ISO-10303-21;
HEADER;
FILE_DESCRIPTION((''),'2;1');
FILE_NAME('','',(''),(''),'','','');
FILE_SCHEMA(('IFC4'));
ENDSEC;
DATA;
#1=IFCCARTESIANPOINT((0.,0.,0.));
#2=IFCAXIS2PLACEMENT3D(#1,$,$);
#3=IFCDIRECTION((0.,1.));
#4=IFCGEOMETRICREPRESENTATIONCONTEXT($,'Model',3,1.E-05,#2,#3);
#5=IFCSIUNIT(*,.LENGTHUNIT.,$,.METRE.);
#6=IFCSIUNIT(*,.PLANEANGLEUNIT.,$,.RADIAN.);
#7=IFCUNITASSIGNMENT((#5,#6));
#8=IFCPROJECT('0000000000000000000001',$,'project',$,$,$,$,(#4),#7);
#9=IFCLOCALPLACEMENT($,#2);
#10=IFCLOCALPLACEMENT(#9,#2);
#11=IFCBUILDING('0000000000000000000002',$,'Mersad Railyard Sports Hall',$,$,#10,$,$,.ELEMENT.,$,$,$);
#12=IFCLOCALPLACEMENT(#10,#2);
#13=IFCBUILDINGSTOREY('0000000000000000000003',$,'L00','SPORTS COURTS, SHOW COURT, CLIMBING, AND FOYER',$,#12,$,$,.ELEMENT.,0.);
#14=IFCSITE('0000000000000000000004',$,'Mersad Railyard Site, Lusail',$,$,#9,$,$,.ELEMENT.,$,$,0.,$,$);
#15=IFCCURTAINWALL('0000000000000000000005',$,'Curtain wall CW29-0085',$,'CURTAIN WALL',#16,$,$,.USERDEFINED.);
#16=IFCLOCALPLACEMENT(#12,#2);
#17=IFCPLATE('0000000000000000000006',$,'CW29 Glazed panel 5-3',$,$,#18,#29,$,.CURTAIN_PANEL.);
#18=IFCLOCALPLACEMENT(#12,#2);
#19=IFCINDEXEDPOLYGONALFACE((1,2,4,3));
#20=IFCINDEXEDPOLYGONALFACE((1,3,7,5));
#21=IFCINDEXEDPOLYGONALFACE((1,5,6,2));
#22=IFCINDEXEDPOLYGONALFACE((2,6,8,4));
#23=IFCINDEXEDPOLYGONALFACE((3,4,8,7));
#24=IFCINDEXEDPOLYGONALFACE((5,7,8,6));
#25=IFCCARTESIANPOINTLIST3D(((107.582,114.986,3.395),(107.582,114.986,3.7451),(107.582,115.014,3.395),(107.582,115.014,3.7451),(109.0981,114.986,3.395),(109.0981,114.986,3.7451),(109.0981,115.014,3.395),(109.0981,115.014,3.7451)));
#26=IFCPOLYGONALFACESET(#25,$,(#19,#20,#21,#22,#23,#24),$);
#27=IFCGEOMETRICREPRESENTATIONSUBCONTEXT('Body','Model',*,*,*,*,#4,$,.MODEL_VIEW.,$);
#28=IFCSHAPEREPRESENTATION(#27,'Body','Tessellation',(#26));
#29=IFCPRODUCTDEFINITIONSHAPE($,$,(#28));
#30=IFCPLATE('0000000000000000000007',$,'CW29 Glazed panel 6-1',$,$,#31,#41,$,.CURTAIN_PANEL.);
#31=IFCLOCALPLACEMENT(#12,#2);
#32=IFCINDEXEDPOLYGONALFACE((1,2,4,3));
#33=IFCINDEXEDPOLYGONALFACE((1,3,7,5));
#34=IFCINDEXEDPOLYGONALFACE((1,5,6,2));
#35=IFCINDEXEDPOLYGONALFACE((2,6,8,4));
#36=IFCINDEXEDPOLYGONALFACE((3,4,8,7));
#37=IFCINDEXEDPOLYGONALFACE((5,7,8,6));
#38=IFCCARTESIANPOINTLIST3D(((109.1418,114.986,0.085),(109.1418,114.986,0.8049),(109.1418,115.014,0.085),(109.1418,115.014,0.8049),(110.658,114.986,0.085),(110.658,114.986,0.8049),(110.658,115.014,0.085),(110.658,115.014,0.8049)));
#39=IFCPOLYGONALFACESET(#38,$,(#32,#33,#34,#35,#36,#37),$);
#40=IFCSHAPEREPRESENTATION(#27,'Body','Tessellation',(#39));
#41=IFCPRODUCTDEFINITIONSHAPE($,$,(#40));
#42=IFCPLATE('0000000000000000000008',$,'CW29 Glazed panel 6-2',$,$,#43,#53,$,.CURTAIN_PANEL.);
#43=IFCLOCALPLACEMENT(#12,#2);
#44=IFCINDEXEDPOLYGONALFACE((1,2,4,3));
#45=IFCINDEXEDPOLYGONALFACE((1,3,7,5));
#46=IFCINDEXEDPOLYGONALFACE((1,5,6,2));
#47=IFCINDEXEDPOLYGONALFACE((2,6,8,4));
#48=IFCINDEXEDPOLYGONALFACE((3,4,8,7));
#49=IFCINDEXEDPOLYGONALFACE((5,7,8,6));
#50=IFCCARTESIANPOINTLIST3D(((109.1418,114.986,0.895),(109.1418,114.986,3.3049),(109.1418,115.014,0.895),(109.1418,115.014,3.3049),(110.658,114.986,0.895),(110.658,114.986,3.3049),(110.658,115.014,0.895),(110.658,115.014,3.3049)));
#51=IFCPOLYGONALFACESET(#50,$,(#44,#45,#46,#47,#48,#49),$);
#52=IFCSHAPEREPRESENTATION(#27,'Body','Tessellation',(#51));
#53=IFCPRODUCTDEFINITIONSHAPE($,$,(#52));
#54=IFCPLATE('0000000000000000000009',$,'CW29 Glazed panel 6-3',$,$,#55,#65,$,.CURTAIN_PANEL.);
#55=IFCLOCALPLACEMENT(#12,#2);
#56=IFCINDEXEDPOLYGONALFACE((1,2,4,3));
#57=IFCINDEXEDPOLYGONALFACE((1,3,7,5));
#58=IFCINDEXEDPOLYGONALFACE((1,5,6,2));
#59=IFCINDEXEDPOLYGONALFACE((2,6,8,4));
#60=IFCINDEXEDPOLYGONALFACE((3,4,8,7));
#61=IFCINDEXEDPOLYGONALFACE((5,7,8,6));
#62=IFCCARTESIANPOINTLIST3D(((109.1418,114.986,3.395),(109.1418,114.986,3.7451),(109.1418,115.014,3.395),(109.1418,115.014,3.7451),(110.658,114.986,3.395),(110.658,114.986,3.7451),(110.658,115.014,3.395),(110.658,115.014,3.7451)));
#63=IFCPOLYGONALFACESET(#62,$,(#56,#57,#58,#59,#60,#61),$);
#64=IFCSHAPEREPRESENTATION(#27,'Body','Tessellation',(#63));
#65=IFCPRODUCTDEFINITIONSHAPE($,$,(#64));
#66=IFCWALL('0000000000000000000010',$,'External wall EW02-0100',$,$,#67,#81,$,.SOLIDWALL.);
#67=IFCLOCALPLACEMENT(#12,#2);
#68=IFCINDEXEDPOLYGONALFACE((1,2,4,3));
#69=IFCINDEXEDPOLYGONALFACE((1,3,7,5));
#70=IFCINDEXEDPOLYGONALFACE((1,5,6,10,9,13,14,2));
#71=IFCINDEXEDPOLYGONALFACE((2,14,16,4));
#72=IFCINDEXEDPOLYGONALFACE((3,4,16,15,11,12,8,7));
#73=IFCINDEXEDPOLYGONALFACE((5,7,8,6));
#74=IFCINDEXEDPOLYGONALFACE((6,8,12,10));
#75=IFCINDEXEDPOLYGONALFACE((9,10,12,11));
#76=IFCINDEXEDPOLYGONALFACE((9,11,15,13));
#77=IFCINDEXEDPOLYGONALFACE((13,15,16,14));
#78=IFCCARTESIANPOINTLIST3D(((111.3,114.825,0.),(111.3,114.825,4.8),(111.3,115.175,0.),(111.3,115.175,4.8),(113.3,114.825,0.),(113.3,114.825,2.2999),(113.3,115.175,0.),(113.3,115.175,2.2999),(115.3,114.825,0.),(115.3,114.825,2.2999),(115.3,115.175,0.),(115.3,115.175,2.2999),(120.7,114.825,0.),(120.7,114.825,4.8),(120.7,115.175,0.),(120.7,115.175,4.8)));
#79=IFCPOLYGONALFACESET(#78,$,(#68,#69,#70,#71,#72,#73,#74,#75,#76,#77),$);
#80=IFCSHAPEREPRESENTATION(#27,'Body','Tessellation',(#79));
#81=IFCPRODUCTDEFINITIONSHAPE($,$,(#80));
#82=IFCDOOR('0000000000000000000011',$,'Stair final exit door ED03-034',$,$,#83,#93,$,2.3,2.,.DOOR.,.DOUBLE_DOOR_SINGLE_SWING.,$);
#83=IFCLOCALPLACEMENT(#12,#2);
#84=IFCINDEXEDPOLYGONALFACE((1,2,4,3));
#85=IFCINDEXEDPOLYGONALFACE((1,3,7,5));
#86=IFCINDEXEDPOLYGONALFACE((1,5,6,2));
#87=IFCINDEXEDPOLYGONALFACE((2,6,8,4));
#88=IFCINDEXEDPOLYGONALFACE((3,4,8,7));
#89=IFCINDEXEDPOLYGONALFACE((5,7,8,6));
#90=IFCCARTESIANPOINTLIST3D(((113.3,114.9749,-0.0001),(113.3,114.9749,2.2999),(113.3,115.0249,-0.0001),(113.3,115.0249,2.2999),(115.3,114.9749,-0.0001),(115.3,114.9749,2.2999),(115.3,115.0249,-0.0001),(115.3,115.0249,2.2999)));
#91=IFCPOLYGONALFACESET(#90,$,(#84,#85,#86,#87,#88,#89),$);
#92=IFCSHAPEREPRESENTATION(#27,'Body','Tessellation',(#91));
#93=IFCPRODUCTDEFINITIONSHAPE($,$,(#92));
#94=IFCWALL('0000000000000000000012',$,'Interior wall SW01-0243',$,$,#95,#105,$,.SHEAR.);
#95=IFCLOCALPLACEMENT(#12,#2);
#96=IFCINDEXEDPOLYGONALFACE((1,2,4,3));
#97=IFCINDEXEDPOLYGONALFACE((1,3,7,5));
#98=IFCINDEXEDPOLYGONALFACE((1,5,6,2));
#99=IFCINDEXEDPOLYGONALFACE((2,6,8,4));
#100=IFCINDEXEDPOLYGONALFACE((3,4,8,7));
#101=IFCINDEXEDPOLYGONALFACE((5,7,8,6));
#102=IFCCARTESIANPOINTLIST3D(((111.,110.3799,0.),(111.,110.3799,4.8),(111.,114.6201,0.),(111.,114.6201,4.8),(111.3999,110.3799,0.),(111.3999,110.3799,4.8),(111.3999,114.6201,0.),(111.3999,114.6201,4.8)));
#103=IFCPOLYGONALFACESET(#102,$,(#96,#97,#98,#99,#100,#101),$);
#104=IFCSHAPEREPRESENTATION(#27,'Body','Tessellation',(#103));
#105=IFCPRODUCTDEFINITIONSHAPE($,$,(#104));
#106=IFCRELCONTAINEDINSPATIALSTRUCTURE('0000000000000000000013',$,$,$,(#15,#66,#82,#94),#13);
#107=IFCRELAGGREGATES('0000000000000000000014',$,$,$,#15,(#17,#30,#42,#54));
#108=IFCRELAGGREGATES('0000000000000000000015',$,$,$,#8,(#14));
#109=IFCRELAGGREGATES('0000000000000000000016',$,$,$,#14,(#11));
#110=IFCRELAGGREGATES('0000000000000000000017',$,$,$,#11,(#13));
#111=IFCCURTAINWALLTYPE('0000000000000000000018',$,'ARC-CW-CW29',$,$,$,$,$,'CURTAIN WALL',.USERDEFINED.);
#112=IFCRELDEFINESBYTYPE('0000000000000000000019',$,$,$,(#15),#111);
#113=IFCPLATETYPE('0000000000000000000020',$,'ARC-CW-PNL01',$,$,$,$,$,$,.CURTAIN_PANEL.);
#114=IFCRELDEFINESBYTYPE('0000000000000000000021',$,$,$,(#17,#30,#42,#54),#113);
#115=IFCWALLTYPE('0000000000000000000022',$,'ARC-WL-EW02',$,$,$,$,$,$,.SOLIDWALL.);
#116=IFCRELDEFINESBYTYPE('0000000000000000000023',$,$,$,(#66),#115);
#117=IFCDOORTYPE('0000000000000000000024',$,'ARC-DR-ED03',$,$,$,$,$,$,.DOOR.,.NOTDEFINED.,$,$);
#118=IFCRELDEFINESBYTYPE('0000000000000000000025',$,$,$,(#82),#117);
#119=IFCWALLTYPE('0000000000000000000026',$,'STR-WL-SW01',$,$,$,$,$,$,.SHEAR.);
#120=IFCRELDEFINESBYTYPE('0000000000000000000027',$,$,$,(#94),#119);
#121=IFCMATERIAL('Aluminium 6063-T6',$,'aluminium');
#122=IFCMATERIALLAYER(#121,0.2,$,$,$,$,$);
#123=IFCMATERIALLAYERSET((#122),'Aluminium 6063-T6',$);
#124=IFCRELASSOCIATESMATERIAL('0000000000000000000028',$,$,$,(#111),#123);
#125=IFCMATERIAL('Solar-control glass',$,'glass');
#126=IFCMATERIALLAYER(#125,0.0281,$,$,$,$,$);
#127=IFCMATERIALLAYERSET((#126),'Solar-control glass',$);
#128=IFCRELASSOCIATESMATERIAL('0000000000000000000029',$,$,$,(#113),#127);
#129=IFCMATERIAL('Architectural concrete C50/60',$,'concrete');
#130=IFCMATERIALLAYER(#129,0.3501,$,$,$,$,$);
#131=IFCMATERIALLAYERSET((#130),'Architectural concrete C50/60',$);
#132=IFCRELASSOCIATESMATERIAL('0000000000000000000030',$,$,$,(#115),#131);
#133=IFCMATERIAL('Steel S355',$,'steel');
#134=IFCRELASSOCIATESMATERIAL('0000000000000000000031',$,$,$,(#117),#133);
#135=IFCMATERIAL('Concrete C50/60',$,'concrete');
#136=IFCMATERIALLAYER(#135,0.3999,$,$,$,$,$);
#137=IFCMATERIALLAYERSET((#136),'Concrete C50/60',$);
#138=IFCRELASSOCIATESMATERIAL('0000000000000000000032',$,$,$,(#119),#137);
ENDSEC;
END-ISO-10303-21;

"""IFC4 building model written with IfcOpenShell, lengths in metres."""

from ifc_helpers import new_model, si_unit, direction, frame, frame_2d, origin, origin_2d, place, context, subcontext, project, spatial, rectangle, extrude, material, layer, layer_set, type_object, element, fill, aggregate, save


model = new_model("IFC4")

# Units and contexts
model_context = context("Model", 3, precision=1e-05, world=origin(), true_north=direction((0.0, 1.0)))
body_context = subcontext(model_context, "Body", "Model", "MODEL_VIEW")
ifc_project = project(units=[si_unit("LENGTHUNIT", "METRE"), si_unit("PLANEANGLEUNIT", "RADIAN")], contexts=[model_context])

# Site, building, storey
site_placement = place(None, origin())
site = spatial("IfcSite", under=ifc_project, at=site_placement, Name="Mersad Railyard Site, Lusail", CompositionType="ELEMENT", RefElevation=0.0)
building_placement = place(site_placement, origin())
building = spatial("IfcBuilding", under=site, at=building_placement, Name="Mersad Railyard Sports Hall", CompositionType="ELEMENT")
storey_placement = place(building_placement, origin())
storey = spatial("IfcBuildingStorey", under=building, at=storey_placement, Name="L00", Description="SPORTS COURTS, SHOW COURT, CLIMBING, AND FOYER", CompositionType="ELEMENT", Elevation=0.0)

# Shared definitions
ifc_material_1 = material(Name="Concrete C50/60", Category="concrete")

# Curtain wall
ifc_material_2 = material(Name="Aluminium 6063-T6", Category="aluminium")
ifc_layer_1 = layer(ifc_material_2, 0.2)
ifc_layer_set_1 = layer_set([ifc_layer_1], Name="Aluminium 6063-T6")
curtain_wall_type = type_object("IfcCurtainWallType", Name="ARC-CW-CW29", ElementType="CURTAIN WALL", PredefinedType="USERDEFINED", material=ifc_layer_set_1)
curtain_wall_placement = place(storey_placement, origin())
curtain_wall = element("IfcCurtainWall", 1, at=curtain_wall_placement, inside=storey, type_object=curtain_wall_type, Name="Curtain wall CW29-0085", ObjectType="CURTAIN WALL", PredefinedType="USERDEFINED")

# Plates
ifc_material_3 = material(Name="Solar-control glass", Category="glass")
ifc_layer_2 = layer(ifc_material_3, 0.0281)
ifc_layer_set_2 = layer_set([ifc_layer_2], Name="Solar-control glass")
plate_type = type_object("IfcPlateType", Name="ARC-CW-PNL01", PredefinedType="CURTAIN_PANEL", material=ifc_layer_set_2)
plate_1_placement = place(storey_placement, frame((108.3401, 115.0, 3.395), z_axis=(0.0, 0.0, 1.0), x_axis=(1.0, 0.0, 0.0)))
plate_1 = element("IfcPlate", 2, at=plate_1_placement, type_object=plate_type, Name="CW29 Glazed panel 5-3", PredefinedType="CURTAIN_PANEL", context=body_context, shape_type="SweptSolid", body=[
    extrude(rectangle(XDim=1.5161, YDim=0.0281, at=origin_2d()), origin(), (0.0, 0.0, 1.0), 0.3501),
])
plate_2_placement = place(storey_placement, frame((109.8999, 115.0, 0.085), z_axis=(0.0, 0.0, 1.0), x_axis=(1.0, 0.0, 0.0)))
plate_2 = element("IfcPlate", 3, at=plate_2_placement, type_object=plate_type, Name="CW29 Glazed panel 6-1", PredefinedType="CURTAIN_PANEL", context=body_context, shape_type="SweptSolid", body=[
    extrude(rectangle(XDim=1.5161, YDim=0.0281, at=origin_2d()), origin(), (0.0, 0.0, 1.0), 0.72),
])
plate_3_placement = place(storey_placement, frame((109.8999, 115.0, 0.895), z_axis=(0.0, 0.0, 1.0), x_axis=(1.0, 0.0, 0.0)))
plate_3 = element("IfcPlate", 4, at=plate_3_placement, type_object=plate_type, Name="CW29 Glazed panel 6-2", PredefinedType="CURTAIN_PANEL", context=body_context, shape_type="SweptSolid", body=[
    extrude(rectangle(XDim=1.5161, YDim=0.0281, at=origin_2d()), origin(), (0.0, 0.0, 1.0), 2.4099),
])
plate_4_placement = place(storey_placement, frame((109.8999, 115.0, 3.395), z_axis=(0.0, 0.0, 1.0), x_axis=(1.0, 0.0, 0.0)))
plate_4 = element("IfcPlate", 5, at=plate_4_placement, type_object=plate_type, Name="CW29 Glazed panel 6-3", PredefinedType="CURTAIN_PANEL", context=body_context, shape_type="SweptSolid", body=[
    extrude(rectangle(XDim=1.5161, YDim=0.0281, at=origin_2d()), origin(), (0.0, 0.0, 1.0), 0.3501),
])
aggregate(curtain_wall, [plate_1, plate_2, plate_3, plate_4])

# Wall, opening, door
ifc_material_4 = material(Name="Architectural concrete C50/60", Category="concrete")
ifc_layer_3 = layer(ifc_material_4, 0.3501)
ifc_layer_set_3 = layer_set([ifc_layer_3], Name="Architectural concrete C50/60")
wall_type_1 = type_object("IfcWallType", Name="ARC-WL-EW02", PredefinedType="SOLIDWALL", material=ifc_layer_set_3)
wall_1_placement = place(storey_placement, frame((111.3, 115.0, 0.0), z_axis=(0.0, 0.0, 1.0), x_axis=(1.0, 0.0, 0.0)))
wall_1 = element("IfcWall", 6, at=wall_1_placement, inside=storey, type_object=wall_type_1, Name="External wall EW02-0100", PredefinedType="SOLIDWALL", context=body_context, shape_type="SweptSolid", body=[
    extrude(rectangle(XDim=9.3999, YDim=0.3501, at=frame_2d((4.7, 0.0))), origin(), (0.0, 0.0, 1.0), 4.8),
])
opening_placement = place(wall_1_placement, frame((2.0, 0.0, 0.0)))
opening = element("IfcOpeningElement", 7, at=opening_placement, cuts=wall_1, PredefinedType="OPENING", context=body_context, shape_type="SweptSolid", body=[
    extrude(rectangle(XDim=2.0, YDim=2.3, at=frame_2d((1.0, 1.1499))), frame((0.0, 0.1851, 0.0), z_axis=(0.0, -1.0, 0.0), x_axis=(1.0, 0.0, 0.0)), (0.0, 0.0, 1.0), 0.3701),
])
ifc_material_5 = material(Name="Steel S355", Category="steel")
door_type = type_object("IfcDoorType", Name="ARC-DR-ED03", OperationType="NOTDEFINED", PredefinedType="DOOR", material=ifc_material_5)
door_placement = place(opening_placement, origin())
door = element("IfcDoor", 8, at=door_placement, inside=storey, type_object=door_type, Name="Stair final exit door ED03-034", OperationType="DOUBLE_DOOR_SINGLE_SWING", OverallHeight=2.3, OverallWidth=2.0, PredefinedType="DOOR", context=body_context, shape_type="SweptSolid", body=[
    extrude(rectangle(XDim=2.0, YDim=2.3, at=frame_2d((1.0, 1.1499))), frame((0.0, 0.0249, 0.0), z_axis=(0.0, -1.0, 0.0), x_axis=(1.0, 0.0, 0.0)), (0.0, 0.0, 1.0), 0.05),
])
fill(opening, door)

# Wall
ifc_layer_4 = layer(ifc_material_1, 0.3999)
ifc_layer_set_4 = layer_set([ifc_layer_4], Name="Concrete C50/60")
wall_type_2 = type_object("IfcWallType", Name="STR-WL-SW01", PredefinedType="SHEAR", material=ifc_layer_set_4)
wall_2_placement = place(storey_placement, frame((111.2, 114.6201, 0.0), z_axis=(0.0, 0.0, 1.0), x_axis=(0.0, -1.0, 0.0)))
element("IfcWall", 9, at=wall_2_placement, inside=storey, type_object=wall_type_2, Name="Interior wall SW01-0243", PredefinedType="SHEAR", context=body_context, shape_type="SweptSolid", body=[
    extrude(rectangle(XDim=4.2402, YDim=0.3999, at=frame_2d((2.1201, 0.0))), origin(), (0.0, 0.0, 1.0), 4.8),
])

save(model, "model.ifc")
